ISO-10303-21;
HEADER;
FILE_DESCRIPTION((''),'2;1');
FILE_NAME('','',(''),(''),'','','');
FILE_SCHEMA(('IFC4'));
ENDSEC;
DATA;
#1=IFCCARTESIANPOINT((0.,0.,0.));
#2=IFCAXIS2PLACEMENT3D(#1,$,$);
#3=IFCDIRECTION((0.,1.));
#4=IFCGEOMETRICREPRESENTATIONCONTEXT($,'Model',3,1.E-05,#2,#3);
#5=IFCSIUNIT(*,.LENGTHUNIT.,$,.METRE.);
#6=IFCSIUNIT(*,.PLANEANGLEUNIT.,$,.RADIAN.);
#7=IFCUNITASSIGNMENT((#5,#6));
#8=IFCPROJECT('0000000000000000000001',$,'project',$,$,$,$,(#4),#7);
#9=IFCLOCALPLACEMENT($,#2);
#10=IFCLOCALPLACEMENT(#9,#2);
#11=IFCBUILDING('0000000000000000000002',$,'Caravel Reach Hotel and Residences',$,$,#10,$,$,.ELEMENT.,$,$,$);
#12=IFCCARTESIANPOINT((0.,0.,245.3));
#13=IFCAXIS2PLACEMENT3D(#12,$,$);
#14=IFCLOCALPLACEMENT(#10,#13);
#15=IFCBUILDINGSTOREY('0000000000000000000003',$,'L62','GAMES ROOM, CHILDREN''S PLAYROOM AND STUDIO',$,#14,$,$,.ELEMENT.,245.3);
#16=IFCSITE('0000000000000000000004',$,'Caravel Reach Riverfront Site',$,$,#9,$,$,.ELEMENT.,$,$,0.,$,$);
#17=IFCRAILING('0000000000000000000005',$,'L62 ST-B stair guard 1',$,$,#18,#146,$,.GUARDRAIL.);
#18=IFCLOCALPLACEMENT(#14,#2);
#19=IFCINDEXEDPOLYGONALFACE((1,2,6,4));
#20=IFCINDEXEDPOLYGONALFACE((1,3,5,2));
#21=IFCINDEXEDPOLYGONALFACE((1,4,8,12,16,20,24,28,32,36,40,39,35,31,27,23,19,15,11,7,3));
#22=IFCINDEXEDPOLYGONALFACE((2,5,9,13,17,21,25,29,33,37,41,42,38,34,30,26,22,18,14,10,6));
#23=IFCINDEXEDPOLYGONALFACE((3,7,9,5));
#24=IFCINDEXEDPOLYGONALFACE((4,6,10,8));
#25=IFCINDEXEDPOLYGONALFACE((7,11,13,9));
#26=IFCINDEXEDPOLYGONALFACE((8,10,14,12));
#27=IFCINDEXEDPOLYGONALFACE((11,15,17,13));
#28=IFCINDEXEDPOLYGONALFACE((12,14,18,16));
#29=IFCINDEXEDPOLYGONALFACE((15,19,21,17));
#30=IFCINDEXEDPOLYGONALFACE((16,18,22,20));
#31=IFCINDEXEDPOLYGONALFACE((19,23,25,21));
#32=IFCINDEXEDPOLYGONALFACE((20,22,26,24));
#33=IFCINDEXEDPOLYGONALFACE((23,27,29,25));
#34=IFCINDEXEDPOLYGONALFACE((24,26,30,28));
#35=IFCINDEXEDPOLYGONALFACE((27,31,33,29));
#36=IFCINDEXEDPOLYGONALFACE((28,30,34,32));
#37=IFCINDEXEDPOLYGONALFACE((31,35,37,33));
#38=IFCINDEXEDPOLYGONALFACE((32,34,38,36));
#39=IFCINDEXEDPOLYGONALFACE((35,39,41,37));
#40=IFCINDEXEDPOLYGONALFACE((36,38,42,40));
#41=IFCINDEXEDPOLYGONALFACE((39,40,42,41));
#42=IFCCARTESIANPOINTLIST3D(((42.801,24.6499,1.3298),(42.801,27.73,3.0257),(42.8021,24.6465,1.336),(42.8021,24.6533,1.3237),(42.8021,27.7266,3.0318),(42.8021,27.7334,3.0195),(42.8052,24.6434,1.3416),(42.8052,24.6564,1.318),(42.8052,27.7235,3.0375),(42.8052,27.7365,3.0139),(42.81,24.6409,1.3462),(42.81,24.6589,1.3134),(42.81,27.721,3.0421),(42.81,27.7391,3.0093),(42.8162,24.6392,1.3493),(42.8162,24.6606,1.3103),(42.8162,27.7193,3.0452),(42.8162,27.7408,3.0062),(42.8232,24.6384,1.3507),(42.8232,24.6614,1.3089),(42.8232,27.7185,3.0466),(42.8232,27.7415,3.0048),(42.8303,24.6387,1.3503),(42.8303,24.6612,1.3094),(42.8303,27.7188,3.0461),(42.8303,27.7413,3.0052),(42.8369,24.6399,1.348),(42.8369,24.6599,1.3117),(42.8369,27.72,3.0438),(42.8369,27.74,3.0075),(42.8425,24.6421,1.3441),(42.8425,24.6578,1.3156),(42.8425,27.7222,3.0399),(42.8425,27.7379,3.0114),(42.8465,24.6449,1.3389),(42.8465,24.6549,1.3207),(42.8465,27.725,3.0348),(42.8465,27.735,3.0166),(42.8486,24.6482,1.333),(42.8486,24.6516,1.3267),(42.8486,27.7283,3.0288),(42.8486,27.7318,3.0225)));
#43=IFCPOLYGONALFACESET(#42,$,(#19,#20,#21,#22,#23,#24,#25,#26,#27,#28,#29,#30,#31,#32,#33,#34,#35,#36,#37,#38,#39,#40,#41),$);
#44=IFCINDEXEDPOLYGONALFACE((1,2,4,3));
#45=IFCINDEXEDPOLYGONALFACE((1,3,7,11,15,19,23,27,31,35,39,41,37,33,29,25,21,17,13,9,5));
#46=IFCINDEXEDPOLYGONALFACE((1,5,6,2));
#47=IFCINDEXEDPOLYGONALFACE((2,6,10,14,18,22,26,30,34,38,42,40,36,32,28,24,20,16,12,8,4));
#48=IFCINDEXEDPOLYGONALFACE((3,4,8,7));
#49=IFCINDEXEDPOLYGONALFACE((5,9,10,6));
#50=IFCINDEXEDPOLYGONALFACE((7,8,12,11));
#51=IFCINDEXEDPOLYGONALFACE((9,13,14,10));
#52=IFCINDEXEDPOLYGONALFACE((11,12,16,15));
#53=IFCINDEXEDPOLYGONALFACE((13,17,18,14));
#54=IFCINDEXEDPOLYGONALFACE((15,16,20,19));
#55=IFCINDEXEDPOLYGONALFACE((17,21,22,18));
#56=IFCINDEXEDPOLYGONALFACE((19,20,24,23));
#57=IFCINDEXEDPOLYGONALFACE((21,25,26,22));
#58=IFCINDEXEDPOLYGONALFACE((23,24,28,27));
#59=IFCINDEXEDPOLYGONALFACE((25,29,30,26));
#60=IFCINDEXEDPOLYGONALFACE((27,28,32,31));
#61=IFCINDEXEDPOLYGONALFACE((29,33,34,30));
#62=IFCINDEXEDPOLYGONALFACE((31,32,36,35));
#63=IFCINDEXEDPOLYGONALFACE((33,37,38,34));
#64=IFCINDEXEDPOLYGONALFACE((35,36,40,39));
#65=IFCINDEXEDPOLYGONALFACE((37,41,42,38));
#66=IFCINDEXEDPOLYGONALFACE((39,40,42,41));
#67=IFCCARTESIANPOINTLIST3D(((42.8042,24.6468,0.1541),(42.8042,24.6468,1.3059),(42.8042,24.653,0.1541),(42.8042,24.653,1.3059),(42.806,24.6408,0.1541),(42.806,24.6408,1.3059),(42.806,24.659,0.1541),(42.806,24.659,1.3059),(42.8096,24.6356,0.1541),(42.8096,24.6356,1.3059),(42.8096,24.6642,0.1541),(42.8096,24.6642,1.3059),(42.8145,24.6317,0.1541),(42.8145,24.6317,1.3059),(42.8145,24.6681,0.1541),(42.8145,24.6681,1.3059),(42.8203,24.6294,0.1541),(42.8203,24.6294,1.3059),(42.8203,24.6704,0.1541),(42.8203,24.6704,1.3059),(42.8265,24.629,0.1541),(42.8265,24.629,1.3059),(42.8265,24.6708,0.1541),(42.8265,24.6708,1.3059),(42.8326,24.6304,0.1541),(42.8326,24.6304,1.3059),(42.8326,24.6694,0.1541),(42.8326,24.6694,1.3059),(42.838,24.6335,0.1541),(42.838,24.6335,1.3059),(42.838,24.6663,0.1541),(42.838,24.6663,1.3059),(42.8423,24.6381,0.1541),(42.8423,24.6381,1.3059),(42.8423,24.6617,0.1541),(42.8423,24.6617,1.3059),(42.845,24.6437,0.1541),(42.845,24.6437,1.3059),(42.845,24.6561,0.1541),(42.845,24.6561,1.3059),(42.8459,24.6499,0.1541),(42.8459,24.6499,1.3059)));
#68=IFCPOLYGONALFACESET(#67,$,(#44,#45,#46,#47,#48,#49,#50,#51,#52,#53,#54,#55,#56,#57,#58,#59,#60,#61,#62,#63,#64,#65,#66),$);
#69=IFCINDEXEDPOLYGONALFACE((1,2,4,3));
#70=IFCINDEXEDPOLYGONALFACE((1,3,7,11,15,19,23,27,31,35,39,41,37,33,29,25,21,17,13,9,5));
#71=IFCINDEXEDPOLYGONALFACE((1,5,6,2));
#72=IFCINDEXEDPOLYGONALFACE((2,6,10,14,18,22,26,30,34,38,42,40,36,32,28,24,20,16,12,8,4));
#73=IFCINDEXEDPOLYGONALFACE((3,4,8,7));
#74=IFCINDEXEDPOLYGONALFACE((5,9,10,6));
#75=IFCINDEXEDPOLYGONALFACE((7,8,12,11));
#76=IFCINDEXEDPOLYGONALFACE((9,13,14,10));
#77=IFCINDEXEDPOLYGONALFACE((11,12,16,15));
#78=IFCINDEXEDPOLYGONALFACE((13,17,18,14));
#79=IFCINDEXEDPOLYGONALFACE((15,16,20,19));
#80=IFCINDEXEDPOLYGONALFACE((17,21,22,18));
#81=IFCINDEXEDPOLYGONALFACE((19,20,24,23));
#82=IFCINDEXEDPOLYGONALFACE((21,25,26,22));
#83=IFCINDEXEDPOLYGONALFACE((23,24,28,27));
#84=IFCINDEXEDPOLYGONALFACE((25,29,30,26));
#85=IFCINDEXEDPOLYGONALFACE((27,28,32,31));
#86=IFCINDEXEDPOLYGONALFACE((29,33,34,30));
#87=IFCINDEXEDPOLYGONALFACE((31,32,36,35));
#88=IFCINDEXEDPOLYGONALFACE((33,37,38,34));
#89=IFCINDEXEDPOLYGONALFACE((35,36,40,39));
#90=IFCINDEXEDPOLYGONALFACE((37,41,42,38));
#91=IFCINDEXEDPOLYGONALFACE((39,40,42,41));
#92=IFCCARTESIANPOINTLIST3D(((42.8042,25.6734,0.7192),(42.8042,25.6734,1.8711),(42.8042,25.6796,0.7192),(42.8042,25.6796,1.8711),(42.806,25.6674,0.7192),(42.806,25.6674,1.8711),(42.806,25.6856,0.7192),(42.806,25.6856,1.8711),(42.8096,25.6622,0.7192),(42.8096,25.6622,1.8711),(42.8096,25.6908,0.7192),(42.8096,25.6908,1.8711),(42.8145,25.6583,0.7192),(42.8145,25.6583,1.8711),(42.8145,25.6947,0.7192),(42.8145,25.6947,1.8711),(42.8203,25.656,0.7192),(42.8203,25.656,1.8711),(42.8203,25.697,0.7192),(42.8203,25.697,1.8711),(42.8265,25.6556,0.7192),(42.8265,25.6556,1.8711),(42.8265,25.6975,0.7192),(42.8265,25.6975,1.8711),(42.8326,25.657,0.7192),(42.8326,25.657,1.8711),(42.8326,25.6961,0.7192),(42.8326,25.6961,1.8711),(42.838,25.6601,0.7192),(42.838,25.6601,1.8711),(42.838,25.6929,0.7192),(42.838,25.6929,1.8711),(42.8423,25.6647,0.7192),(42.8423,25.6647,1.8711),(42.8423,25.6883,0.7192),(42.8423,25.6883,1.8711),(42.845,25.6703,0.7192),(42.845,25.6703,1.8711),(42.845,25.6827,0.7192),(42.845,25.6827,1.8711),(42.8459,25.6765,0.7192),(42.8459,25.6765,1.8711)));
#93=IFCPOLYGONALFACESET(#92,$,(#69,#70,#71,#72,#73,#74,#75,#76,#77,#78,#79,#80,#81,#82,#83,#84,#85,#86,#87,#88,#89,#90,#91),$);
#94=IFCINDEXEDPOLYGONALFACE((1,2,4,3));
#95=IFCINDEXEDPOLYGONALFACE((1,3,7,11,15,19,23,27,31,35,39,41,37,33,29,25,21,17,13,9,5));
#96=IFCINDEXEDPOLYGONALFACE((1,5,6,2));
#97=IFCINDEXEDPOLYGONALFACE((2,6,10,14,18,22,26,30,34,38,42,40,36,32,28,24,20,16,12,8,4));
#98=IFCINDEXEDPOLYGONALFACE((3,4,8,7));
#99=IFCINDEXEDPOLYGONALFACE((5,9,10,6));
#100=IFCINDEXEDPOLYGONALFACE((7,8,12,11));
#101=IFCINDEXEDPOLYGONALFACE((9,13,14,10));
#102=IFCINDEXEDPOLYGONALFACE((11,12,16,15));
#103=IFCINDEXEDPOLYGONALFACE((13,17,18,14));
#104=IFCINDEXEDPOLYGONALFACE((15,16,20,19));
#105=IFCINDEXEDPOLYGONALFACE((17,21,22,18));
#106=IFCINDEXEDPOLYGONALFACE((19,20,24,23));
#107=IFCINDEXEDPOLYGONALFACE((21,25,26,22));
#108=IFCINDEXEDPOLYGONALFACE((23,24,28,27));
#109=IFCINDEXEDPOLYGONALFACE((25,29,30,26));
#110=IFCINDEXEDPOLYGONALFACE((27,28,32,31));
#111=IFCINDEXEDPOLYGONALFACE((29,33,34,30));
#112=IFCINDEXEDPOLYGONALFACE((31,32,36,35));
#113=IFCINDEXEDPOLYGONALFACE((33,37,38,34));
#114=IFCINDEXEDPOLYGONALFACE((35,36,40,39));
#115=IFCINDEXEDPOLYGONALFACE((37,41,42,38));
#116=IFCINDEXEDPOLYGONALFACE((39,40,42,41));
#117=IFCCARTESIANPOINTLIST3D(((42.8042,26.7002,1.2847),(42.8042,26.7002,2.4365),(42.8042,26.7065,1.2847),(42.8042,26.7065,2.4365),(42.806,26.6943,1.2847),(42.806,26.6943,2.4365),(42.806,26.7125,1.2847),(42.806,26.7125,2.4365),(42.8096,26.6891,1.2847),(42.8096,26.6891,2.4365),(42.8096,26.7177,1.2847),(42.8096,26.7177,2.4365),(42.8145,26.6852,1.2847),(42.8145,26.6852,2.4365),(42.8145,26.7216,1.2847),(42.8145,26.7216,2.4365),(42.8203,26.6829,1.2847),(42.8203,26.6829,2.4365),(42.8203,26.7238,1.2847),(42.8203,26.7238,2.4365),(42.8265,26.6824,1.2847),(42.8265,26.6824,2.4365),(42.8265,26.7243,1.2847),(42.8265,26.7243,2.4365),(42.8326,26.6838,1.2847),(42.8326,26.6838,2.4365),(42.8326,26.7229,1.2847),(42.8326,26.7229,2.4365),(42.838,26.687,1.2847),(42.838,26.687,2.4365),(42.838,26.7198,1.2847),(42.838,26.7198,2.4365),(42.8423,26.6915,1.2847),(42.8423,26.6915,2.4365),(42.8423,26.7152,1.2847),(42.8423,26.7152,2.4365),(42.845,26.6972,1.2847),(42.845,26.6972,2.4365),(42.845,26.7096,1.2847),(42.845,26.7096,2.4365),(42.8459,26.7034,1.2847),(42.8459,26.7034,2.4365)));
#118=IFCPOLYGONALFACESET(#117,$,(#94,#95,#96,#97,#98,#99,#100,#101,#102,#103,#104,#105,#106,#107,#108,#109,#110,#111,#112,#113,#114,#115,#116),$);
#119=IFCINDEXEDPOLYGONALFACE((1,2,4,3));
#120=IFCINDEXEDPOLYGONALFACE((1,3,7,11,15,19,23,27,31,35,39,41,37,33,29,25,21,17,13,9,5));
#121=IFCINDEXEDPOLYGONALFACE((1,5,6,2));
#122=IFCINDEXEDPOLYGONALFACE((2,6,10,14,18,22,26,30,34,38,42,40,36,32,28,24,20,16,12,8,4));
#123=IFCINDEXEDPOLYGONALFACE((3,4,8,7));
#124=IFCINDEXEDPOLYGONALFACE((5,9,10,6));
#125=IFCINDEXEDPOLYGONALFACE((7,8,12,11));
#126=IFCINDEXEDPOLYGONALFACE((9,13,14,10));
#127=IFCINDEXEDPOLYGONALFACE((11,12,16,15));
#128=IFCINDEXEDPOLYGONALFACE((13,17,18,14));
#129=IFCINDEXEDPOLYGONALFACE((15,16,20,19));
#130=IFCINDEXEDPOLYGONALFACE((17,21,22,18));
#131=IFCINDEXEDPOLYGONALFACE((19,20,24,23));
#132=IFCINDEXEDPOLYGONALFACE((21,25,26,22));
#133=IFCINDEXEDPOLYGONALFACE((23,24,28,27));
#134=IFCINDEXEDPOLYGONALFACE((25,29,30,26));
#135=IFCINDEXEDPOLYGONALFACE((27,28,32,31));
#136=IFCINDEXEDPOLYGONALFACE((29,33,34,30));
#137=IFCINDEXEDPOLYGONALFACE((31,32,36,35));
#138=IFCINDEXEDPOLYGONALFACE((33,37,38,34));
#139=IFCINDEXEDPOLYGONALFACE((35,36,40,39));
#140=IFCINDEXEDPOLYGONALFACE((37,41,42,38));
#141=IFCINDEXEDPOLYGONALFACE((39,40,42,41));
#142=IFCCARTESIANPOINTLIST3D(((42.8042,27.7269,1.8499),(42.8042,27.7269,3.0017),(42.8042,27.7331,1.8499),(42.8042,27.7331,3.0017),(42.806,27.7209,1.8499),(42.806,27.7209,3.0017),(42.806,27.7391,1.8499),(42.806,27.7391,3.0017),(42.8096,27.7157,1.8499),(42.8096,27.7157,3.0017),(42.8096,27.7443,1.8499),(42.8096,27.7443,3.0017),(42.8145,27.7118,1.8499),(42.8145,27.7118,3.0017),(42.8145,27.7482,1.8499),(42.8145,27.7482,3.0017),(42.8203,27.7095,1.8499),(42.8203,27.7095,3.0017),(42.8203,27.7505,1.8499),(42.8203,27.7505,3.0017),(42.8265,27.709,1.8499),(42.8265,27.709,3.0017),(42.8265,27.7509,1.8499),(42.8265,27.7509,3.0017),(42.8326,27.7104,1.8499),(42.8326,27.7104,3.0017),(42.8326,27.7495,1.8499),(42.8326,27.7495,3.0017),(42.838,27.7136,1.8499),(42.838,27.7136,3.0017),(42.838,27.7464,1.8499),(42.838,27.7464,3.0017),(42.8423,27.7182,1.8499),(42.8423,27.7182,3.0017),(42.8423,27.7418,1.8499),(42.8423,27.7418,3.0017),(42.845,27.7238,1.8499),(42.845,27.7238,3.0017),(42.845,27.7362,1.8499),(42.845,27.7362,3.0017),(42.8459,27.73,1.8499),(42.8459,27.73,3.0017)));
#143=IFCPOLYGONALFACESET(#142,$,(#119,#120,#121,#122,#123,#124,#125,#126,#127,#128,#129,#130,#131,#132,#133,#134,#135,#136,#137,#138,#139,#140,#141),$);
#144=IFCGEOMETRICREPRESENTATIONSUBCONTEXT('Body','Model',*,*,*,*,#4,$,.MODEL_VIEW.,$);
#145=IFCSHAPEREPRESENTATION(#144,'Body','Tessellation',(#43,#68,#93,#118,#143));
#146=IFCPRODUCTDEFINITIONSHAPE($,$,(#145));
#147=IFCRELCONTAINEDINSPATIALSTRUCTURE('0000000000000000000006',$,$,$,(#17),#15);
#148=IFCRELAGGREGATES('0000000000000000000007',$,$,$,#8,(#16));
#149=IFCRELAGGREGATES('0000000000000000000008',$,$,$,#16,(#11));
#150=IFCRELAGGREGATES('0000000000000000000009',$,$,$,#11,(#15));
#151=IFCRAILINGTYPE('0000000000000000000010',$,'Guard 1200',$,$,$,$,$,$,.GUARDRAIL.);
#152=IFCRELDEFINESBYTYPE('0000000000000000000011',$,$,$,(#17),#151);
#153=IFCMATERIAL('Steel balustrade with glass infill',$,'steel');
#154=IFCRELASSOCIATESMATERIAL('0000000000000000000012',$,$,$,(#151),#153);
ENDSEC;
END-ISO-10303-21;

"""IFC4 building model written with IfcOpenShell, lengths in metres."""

from ifc_helpers import new_model, si_unit, direction, frame, origin, origin_2d, place, context, subcontext, project, spatial, circle, extrude, material, type_object, element, save


model = new_model("IFC4")

# Units and contexts
model_context = context("Model", 3, precision=1e-05, world=origin(), true_north=direction((0.0, 1.0)))
body_context = subcontext(model_context, "Body", "Model", "MODEL_VIEW")
ifc_project = project(units=[si_unit("LENGTHUNIT", "METRE"), si_unit("PLANEANGLEUNIT", "RADIAN")], contexts=[model_context])

# Site, building, storey
site_placement = place(None, origin())
site = spatial("IfcSite", under=ifc_project, at=site_placement, Name="Caravel Reach Riverfront Site", CompositionType="ELEMENT", RefElevation=0.0)
building_placement = place(site_placement, origin())
building = spatial("IfcBuilding", under=site, at=building_placement, Name="Caravel Reach Hotel and Residences", CompositionType="ELEMENT")
storey_placement = place(building_placement, frame((0.0, 0.0, 245.3)))
storey = spatial("IfcBuildingStorey", under=building, at=storey_placement, Name="L62", Description="GAMES ROOM, CHILDREN'S PLAYROOM AND STUDIO", CompositionType="ELEMENT", Elevation=245.3)

# Railing
ifc_material_1 = material(Name="Steel balustrade with glass infill", Category="steel")
railing_type_1 = type_object("IfcRailingType", Name="Guard 1200", PredefinedType="GUARDRAIL", material=ifc_material_1)
railing_1_placement = place(storey_placement, frame((42.825, 24.6499, 0.1541)))
element("IfcRailing", 1, at=railing_1_placement, inside=storey, type_object=railing_type_1, Name="L62 ST-B stair guard 1", PredefinedType="GUARDRAIL", context=body_context, shape_type="SweptSolid", body=[
    extrude(circle(Radius=0.0239, at=origin_2d()), frame((0.0, 0.0, 1.1758), z_axis=(0.0, 0.876005, 0.482303), x_axis=(-1.0, 0.0, 0.0)), (0.0, 0.0, 1.0), 3.5161),
    extrude(circle(Radius=0.021, at=origin_2d()), origin(), (0.0, 0.0, 1.0), 1.1519),
    extrude(circle(Radius=0.021, at=origin_2d()), frame((0.0, 1.0266, 0.5652)), (0.0, 0.0, 1.0), 1.1519),
    extrude(circle(Radius=0.021, at=origin_2d()), frame((0.0, 2.0535, 1.1306)), (0.0, 0.0, 1.0), 1.1519),
    extrude(circle(Radius=0.021, at=origin_2d()), frame((0.0, 3.0801, 1.6958)), (0.0, 0.0, 1.0), 1.1519),
])

save(model, "model.ifc")
